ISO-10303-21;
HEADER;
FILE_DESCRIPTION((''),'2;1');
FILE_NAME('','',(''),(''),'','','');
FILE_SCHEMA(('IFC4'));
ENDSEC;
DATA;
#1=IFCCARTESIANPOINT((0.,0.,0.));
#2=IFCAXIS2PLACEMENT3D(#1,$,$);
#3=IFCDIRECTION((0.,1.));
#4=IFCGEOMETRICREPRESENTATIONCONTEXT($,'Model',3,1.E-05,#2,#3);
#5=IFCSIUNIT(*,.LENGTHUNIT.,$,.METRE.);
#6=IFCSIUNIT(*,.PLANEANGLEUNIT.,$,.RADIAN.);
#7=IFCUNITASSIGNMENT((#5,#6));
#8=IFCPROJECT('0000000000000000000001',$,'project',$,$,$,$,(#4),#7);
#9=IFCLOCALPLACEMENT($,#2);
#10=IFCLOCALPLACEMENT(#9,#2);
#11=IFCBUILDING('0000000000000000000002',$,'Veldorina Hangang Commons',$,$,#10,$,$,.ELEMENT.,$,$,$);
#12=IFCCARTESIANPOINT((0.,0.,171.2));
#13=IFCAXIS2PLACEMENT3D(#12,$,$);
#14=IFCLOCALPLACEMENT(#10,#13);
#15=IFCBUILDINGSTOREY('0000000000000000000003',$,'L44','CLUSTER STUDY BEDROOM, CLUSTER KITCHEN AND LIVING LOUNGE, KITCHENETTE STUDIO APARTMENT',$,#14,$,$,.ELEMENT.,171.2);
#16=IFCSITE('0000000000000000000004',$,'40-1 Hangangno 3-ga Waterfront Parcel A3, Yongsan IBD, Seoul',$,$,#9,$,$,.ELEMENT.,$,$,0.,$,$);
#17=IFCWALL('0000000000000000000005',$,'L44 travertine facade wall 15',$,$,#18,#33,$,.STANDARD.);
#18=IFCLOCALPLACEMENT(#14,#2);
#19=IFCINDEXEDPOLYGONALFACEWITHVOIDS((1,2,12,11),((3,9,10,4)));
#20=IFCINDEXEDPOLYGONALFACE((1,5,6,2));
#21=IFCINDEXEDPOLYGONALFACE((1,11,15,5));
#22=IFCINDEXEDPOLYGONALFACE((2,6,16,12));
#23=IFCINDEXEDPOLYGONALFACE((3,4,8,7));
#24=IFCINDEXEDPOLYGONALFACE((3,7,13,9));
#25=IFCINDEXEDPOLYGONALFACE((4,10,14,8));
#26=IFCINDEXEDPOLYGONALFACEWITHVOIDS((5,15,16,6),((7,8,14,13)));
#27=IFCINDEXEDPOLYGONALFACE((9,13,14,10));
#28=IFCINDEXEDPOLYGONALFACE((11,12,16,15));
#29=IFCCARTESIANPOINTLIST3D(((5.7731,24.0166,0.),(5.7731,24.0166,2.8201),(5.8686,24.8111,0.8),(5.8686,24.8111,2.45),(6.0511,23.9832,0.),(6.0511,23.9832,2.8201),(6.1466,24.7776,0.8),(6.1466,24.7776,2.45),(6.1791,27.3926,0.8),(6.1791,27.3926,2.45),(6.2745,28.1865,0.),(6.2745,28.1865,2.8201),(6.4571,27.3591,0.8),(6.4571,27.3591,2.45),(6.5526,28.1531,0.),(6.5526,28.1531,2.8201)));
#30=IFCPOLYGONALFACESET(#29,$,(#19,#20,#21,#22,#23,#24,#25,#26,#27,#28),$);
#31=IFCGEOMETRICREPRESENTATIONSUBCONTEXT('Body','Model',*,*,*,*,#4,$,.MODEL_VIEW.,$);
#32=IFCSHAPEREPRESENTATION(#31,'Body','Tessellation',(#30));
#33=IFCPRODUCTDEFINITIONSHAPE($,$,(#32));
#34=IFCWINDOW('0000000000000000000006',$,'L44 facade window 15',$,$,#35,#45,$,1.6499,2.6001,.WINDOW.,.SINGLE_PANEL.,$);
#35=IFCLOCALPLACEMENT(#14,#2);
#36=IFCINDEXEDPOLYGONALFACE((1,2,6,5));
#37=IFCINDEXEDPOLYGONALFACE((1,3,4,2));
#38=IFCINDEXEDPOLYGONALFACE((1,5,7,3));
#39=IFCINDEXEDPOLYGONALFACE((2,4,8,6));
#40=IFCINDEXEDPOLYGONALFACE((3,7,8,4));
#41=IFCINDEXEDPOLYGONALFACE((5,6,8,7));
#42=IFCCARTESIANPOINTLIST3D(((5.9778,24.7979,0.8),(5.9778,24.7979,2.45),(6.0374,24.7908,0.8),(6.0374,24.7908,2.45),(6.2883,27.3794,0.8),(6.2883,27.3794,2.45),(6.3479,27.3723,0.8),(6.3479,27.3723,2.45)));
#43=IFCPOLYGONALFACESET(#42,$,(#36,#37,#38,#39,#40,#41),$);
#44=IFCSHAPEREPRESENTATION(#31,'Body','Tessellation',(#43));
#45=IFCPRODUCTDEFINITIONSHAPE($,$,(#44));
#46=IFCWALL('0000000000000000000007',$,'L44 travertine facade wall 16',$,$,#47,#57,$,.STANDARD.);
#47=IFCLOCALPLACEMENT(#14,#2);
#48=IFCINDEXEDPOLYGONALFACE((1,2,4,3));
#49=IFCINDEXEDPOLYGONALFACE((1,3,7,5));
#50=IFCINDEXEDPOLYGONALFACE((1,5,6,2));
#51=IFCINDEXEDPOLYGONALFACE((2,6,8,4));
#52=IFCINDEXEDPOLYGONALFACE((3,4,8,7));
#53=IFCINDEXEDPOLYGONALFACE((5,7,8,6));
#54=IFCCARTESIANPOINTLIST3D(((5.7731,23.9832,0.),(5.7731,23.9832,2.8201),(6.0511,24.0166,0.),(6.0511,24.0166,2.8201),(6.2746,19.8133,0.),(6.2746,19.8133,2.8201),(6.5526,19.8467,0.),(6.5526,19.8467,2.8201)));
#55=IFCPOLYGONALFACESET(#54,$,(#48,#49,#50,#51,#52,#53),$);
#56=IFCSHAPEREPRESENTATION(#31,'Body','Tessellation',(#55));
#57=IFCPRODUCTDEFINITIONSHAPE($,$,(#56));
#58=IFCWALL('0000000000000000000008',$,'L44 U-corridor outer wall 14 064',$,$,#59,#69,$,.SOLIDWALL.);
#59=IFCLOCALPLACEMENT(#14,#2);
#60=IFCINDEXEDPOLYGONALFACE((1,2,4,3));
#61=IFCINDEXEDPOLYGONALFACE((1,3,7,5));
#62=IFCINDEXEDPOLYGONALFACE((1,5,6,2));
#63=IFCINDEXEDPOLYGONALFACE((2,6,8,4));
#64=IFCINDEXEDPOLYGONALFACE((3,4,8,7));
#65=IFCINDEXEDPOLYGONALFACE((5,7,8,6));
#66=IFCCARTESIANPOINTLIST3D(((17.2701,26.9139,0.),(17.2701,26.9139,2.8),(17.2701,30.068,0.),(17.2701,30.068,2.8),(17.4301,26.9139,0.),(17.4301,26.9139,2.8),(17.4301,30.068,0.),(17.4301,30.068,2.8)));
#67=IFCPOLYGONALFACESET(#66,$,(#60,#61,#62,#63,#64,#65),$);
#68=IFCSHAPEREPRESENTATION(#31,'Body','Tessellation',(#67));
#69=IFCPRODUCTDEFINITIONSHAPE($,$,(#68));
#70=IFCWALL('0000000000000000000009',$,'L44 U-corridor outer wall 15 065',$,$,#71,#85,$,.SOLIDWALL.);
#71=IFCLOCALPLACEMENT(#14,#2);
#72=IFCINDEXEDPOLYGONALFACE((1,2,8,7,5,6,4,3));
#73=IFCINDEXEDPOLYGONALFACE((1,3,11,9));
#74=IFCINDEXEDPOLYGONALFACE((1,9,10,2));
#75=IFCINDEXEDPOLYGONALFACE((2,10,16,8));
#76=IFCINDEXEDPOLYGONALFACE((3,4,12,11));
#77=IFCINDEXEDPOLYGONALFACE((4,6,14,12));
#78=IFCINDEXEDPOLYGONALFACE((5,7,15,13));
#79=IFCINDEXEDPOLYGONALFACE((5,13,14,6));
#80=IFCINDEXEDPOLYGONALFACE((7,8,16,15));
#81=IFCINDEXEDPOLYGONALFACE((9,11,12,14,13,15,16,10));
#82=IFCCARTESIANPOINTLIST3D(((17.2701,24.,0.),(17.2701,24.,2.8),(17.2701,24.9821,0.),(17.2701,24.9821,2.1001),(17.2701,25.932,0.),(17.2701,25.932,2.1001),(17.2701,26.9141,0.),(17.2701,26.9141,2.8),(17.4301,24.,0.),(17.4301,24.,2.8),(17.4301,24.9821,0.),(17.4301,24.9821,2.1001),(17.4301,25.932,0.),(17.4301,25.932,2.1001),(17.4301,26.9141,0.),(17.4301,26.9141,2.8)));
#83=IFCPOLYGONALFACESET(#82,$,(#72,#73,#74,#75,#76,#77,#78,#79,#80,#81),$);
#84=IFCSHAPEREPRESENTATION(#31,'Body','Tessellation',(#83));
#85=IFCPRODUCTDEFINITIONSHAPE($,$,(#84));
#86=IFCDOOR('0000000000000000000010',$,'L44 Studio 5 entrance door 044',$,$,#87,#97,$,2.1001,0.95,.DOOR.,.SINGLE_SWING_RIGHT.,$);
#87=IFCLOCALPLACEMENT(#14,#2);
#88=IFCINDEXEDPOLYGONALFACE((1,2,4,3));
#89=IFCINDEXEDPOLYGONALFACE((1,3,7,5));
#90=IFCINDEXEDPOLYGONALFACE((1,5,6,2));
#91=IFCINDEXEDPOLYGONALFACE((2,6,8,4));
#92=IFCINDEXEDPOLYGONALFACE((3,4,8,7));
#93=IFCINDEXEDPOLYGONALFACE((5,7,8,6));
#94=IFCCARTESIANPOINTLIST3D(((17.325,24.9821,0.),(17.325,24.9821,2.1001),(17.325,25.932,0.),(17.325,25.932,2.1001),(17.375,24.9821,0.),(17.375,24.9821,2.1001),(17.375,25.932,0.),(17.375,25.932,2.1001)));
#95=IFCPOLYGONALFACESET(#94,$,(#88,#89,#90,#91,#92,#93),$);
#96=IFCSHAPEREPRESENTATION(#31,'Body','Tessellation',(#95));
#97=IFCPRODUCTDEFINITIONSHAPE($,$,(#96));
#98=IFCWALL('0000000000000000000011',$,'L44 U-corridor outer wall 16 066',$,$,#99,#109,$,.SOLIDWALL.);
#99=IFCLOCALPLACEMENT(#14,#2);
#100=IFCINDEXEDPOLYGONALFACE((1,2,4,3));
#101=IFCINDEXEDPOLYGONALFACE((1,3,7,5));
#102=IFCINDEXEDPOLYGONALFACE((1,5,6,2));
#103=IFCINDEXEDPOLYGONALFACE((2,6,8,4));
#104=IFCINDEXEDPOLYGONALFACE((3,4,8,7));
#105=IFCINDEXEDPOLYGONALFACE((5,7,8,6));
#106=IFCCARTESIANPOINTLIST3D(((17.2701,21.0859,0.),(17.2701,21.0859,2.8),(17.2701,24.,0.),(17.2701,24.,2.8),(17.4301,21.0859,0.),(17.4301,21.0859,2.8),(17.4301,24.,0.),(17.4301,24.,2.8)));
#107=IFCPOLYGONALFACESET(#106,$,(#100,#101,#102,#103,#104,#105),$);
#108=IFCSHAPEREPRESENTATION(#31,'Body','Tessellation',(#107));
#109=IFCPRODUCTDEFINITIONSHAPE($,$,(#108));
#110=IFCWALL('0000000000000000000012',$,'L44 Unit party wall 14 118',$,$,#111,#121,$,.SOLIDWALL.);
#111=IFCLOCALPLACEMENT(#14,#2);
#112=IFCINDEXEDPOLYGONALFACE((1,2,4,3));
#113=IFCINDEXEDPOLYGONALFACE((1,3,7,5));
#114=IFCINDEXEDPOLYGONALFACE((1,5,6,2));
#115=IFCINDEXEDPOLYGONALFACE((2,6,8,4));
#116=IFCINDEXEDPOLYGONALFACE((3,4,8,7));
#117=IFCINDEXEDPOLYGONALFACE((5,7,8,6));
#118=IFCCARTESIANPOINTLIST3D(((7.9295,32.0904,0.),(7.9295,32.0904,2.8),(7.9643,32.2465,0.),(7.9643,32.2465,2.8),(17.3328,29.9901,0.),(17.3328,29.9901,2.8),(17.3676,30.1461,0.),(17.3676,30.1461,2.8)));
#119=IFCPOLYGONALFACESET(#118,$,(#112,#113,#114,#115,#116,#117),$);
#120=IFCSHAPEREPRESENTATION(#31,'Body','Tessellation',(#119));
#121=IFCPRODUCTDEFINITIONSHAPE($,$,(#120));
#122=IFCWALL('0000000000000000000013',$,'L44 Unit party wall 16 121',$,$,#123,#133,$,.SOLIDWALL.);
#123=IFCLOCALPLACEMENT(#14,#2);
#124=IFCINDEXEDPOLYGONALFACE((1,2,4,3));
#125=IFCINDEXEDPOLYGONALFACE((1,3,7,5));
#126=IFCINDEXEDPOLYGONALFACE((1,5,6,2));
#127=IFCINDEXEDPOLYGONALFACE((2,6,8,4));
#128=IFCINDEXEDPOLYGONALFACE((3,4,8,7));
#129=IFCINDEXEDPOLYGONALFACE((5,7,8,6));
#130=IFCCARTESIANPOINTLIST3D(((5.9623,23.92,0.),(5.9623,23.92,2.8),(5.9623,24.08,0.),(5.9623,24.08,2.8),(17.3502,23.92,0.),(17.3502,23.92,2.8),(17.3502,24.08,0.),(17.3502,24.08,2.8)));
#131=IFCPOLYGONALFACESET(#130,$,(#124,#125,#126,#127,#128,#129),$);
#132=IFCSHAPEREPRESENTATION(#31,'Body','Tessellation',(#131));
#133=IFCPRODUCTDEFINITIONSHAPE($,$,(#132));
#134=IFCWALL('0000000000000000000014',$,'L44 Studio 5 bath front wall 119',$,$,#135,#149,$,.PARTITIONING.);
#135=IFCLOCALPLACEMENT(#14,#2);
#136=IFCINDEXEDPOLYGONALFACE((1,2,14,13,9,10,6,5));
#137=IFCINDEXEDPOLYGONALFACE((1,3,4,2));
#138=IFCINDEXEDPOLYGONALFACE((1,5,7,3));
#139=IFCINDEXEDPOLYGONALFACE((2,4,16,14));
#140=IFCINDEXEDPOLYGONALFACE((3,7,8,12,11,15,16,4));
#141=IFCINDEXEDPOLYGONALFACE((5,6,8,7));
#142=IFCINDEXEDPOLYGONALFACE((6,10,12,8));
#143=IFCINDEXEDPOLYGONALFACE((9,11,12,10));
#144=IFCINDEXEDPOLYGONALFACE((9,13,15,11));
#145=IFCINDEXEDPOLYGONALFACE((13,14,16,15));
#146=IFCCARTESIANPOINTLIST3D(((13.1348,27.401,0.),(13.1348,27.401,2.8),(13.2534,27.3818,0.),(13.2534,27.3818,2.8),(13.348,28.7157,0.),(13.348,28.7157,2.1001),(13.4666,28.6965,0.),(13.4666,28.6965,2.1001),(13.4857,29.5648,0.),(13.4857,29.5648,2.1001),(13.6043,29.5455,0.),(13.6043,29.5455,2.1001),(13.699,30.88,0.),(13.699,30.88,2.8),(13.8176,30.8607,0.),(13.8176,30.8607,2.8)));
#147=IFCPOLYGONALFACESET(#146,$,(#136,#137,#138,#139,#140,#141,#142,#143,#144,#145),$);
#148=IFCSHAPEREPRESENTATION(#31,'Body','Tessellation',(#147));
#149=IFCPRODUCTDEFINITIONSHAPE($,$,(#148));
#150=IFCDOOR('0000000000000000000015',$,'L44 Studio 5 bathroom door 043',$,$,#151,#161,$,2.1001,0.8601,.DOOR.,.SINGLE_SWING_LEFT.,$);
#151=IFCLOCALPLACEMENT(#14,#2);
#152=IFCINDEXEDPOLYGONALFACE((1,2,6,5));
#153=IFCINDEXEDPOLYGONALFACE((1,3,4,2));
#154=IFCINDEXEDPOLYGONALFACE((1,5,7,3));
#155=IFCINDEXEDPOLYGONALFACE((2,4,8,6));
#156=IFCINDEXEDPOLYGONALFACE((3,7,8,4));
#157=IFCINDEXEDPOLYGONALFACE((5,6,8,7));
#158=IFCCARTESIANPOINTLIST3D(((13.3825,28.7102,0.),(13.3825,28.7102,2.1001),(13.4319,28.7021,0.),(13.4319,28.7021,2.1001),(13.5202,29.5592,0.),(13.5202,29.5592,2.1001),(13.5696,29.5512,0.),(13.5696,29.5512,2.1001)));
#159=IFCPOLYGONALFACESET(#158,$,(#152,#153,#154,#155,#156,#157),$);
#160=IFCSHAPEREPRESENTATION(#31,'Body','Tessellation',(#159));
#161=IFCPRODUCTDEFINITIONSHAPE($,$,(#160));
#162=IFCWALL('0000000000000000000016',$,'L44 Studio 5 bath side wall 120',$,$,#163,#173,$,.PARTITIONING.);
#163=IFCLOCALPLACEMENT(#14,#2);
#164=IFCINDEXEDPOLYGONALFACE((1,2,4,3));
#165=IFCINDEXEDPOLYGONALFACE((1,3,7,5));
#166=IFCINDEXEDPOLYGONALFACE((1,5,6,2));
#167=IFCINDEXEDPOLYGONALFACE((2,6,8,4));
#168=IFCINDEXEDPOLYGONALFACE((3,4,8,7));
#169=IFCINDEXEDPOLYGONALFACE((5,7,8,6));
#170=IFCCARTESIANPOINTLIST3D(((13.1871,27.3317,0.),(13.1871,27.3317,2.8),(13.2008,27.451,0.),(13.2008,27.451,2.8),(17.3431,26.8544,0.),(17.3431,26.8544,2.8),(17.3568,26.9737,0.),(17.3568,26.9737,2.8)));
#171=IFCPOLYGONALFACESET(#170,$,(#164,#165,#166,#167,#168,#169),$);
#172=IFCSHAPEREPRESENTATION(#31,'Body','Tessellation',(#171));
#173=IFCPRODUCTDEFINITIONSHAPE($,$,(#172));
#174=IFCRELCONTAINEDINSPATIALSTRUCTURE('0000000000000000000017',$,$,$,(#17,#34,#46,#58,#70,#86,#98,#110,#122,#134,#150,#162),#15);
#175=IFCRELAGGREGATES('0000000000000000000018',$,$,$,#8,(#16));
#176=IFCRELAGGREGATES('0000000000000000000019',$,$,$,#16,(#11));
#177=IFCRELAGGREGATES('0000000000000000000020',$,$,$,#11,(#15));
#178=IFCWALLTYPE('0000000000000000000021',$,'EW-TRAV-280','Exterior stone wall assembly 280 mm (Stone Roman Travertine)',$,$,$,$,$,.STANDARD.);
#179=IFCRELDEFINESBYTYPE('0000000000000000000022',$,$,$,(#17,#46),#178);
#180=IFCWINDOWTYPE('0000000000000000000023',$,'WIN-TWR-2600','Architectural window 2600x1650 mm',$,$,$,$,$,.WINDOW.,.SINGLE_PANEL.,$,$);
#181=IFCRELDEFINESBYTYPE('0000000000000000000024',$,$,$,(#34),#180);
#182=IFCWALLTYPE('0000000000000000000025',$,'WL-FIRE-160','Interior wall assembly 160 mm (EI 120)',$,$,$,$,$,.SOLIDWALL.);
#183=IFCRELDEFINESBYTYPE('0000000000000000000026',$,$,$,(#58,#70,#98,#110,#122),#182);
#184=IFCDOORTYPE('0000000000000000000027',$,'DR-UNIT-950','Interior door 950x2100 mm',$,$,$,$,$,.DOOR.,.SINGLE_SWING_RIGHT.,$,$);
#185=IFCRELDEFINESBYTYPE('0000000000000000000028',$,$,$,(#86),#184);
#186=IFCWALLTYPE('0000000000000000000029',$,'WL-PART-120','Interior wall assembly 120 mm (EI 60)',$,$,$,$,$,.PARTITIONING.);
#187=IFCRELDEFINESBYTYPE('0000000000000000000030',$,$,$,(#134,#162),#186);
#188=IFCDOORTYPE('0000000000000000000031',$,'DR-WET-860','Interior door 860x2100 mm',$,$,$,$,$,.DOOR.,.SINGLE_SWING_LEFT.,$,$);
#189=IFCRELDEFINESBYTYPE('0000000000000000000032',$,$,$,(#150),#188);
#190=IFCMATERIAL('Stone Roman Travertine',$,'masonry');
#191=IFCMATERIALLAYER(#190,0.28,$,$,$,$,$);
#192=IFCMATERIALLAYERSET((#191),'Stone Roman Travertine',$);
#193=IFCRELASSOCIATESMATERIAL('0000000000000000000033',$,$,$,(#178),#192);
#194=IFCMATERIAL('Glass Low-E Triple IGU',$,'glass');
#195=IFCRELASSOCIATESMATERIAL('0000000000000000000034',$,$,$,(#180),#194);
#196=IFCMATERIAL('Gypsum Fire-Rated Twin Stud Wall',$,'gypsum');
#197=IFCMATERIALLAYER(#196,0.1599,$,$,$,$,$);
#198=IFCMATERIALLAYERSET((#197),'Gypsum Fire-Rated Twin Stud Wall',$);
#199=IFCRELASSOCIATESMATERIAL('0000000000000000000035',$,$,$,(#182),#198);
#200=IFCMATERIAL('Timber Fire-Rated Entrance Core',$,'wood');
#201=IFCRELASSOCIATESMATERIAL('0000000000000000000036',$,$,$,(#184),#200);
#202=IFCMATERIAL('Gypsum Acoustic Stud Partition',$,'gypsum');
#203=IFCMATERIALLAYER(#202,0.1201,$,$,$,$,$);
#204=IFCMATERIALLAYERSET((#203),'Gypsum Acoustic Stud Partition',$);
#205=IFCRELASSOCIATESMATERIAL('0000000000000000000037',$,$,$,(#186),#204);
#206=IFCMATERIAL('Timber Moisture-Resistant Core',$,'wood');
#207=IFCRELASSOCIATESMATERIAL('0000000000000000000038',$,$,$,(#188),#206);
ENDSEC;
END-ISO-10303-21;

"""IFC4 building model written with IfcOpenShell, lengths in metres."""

from ifc_helpers import new_model, si_unit, direction, frame, frame_2d, origin, place, context, subcontext, project, spatial, rectangle, extrude, material, layer, layer_set, type_object, element, fill, save


model = new_model("IFC4")

# Units and contexts
model_context = context("Model", 3, precision=1e-05, world=origin(), true_north=direction((0.0, 1.0)))
body_context = subcontext(model_context, "Body", "Model", "MODEL_VIEW")
ifc_project = project(units=[si_unit("LENGTHUNIT", "METRE"), si_unit("PLANEANGLEUNIT", "RADIAN")], contexts=[model_context])

# Site, building, storey
site_placement = place(None, origin())
site = spatial("IfcSite", under=ifc_project, at=site_placement, Name="40-1 Hangangno 3-ga Waterfront Parcel A3, Yongsan IBD, Seoul", CompositionType="ELEMENT", RefElevation=0.0)
building_placement = place(site_placement, origin())
building = spatial("IfcBuilding", under=site, at=building_placement, Name="Veldorina Hangang Commons", CompositionType="ELEMENT")
storey_placement = place(building_placement, frame((0.0, 0.0, 171.2)))
storey = spatial("IfcBuildingStorey", under=building, at=storey_placement, Name="L44", Description="CLUSTER STUDY BEDROOM, CLUSTER KITCHEN AND LIVING LOUNGE, KITCHENETTE STUDIO APARTMENT", CompositionType="ELEMENT", Elevation=171.2)

# Shared definitions
ifc_material_1 = material(Name="Stone Roman Travertine", Category="masonry")
ifc_layer_1 = layer(ifc_material_1, 0.28)
ifc_layer_set_1 = layer_set([ifc_layer_1], Name="Stone Roman Travertine")
wall_type_1 = type_object("IfcWallType", Name="EW-TRAV-280", Description="Exterior stone wall assembly 280 mm (Stone Roman Travertine)", PredefinedType="STANDARD", material=ifc_layer_set_1)

# Wall, opening, window
wall_1_placement = place(storey_placement, frame((6.4136, 28.1699, 0.0), z_axis=(0.0, 0.0, 1.0), x_axis=(-0.119397, -0.992847, 0.0)))
wall_1 = element("IfcWall", 1, at=wall_1_placement, inside=storey, type_object=wall_type_1, Name="L44 travertine facade wall 15", PredefinedType="STANDARD", context=body_context, shape_type="SweptSolid", body=[
    extrude(rectangle(XDim=4.2, YDim=0.28, at=frame_2d((2.1001, 0.0))), origin(), (0.0, 0.0, 1.0), 2.8201),
])
opening_1_placement = place(wall_1_placement, frame((0.7998, 0.0, 0.8)))
opening_1 = element("IfcOpeningElement", 2, at=opening_1_placement, cuts=wall_1, PredefinedType="OPENING", context=body_context, shape_type="SweptSolid", body=[
    extrude(rectangle(XDim=2.6001, YDim=1.6499, at=frame_2d((1.3, 0.825))), frame((0.0, 0.1499, 0.0), z_axis=(0.0, -1.0, 0.0), x_axis=(1.0, 0.0, 0.0)), (0.0, 0.0, 1.0), 0.3),
])
ifc_material_2 = material(Name="Glass Low-E Triple IGU", Category="glass")
window_type = type_object("IfcWindowType", Name="WIN-TWR-2600", Description="Architectural window 2600x1650 mm", PartitioningType="SINGLE_PANEL", PredefinedType="WINDOW", material=ifc_material_2)
window_placement = place(opening_1_placement, origin())
window = element("IfcWindow", 3, at=window_placement, inside=storey, type_object=window_type, Name="L44 facade window 15", OverallHeight=1.6499, OverallWidth=2.6001, PartitioningType="SINGLE_PANEL", PredefinedType="WINDOW", context=body_context, shape_type="SweptSolid", body=[
    extrude(rectangle(XDim=2.6001, YDim=1.6499, at=frame_2d((1.3, 0.825))), frame((0.0, 0.03, 0.0), z_axis=(0.0, -1.0, 0.0), x_axis=(1.0, 0.0, 0.0)), (0.0, 0.0, 1.0), 0.0601),
])
fill(opening_1, window)

# Walls
wall_2_placement = place(storey_placement, frame((5.9121, 24.0, 0.0), z_axis=(0.0, 0.0, 1.0), x_axis=(0.119397, -0.992847, 0.0)))
element("IfcWall", 4, at=wall_2_placement, inside=storey, type_object=wall_type_1, Name="L44 travertine facade wall 16", PredefinedType="STANDARD", context=body_context, shape_type="SweptSolid", body=[
    extrude(rectangle(XDim=4.2, YDim=0.28, at=frame_2d((2.1001, 0.0))), origin(), (0.0, 0.0, 1.0), 2.8201),
])
ifc_material_3 = material(Name="Gypsum Fire-Rated Twin Stud Wall", Category="gypsum")
ifc_layer_2 = layer(ifc_material_3, 0.1599)
ifc_layer_set_2 = layer_set([ifc_layer_2], Name="Gypsum Fire-Rated Twin Stud Wall")
wall_type_2 = type_object("IfcWallType", Name="WL-FIRE-160", Description="Interior wall assembly 160 mm (EI 120)", PredefinedType="SOLIDWALL", material=ifc_layer_set_2)
wall_3_placement = place(storey_placement, frame((17.3501, 30.0681, 0.0), z_axis=(0.0, 0.0, 1.0), x_axis=(0.0, -1.0, 0.0)))
element("IfcWall", 5, at=wall_3_placement, inside=storey, type_object=wall_type_2, Name="L44 U-corridor outer wall 14 064", PredefinedType="SOLIDWALL", context=body_context, shape_type="SweptSolid", body=[
    extrude(rectangle(XDim=3.1541, YDim=0.1599, at=frame_2d((1.5771, 0.0))), origin(), (0.0, 0.0, 1.0), 2.8),
])

# Wall, opening, door
wall_4_placement = place(storey_placement, frame((17.3501, 26.9141, 0.0), z_axis=(0.0, 0.0, 1.0), x_axis=(0.0, -1.0, 0.0)))
wall_4 = element("IfcWall", 6, at=wall_4_placement, inside=storey, type_object=wall_type_2, Name="L44 U-corridor outer wall 15 065", PredefinedType="SOLIDWALL", context=body_context, shape_type="SweptSolid", body=[
    extrude(rectangle(XDim=2.9141, YDim=0.1599, at=frame_2d((1.457, 0.0))), origin(), (0.0, 0.0, 1.0), 2.8),
])
opening_2_placement = place(wall_4_placement, frame((0.9819, 0.0, 0.0)))
opening_2 = element("IfcOpeningElement", 7, at=opening_2_placement, cuts=wall_4, PredefinedType="OPENING", context=body_context, shape_type="SweptSolid", body=[
    extrude(rectangle(XDim=0.95, YDim=2.1001, at=frame_2d((0.4751, 1.05))), frame((0.0, 0.0898, 0.0), z_axis=(0.0, -1.0, 0.0), x_axis=(1.0, 0.0, 0.0)), (0.0, 0.0, 1.0), 0.1799),
])
ifc_material_4 = material(Name="Timber Fire-Rated Entrance Core", Category="wood")
door_type_1 = type_object("IfcDoorType", Name="DR-UNIT-950", Description="Interior door 950x2100 mm", OperationType="SINGLE_SWING_RIGHT", PredefinedType="DOOR", material=ifc_material_4)
door_1_placement = place(opening_2_placement, origin())
door_1 = element("IfcDoor", 8, at=door_1_placement, inside=storey, type_object=door_type_1, Name="L44 Studio 5 entrance door 044", OperationType="SINGLE_SWING_RIGHT", OverallHeight=2.1001, OverallWidth=0.95, PredefinedType="DOOR", context=body_context, shape_type="SweptSolid", body=[
    extrude(rectangle(XDim=0.95, YDim=2.1001, at=frame_2d((0.4751, 1.05))), frame((0.0, 0.0249, 0.0), z_axis=(0.0, -1.0, 0.0), x_axis=(1.0, 0.0, 0.0)), (0.0, 0.0, 1.0), 0.05),
])
fill(opening_2, door_1)

# Walls
wall_5_placement = place(storey_placement, frame((17.3501, 24.0, 0.0), z_axis=(0.0, 0.0, 1.0), x_axis=(0.0, -1.0, 0.0)))
element("IfcWall", 9, at=wall_5_placement, inside=storey, type_object=wall_type_2, Name="L44 U-corridor outer wall 16 066", PredefinedType="SOLIDWALL", context=body_context, shape_type="SweptSolid", body=[
    extrude(rectangle(XDim=2.9141, YDim=0.1599, at=frame_2d((1.457, 0.0))), origin(), (0.0, 0.0, 1.0), 2.8),
])
wall_6_placement = place(storey_placement, frame((17.3501, 30.0681, 0.0), z_axis=(0.0, 0.0, 1.0), x_axis=(-0.975951, 0.21799, 0.0)))
element("IfcWall", 10, at=wall_6_placement, inside=storey, type_object=wall_type_2, Name="L44 Unit party wall 14 118", PredefinedType="SOLIDWALL", context=body_context, shape_type="SweptSolid", body=[
    extrude(rectangle(XDim=9.635, YDim=0.1599, at=frame_2d((4.8174, 0.0))), origin(), (0.0, 0.0, 1.0), 2.8),
])
wall_7_placement = place(storey_placement, frame((17.3501, 24.0, 0.0), z_axis=(0.0, 0.0, 1.0), x_axis=(-1.0, 0.0, 0.0)))
element("IfcWall", 11, at=wall_7_placement, inside=storey, type_object=wall_type_2, Name="L44 Unit party wall 16 121", PredefinedType="SOLIDWALL", context=body_context, shape_type="SweptSolid", body=[
    extrude(rectangle(XDim=11.3879, YDim=0.1599, at=frame_2d((5.6938, 0.0))), origin(), (0.0, 0.0, 1.0), 2.8),
])

# Wall, opening, door
ifc_material_5 = material(Name="Gypsum Acoustic Stud Partition", Category="gypsum")
ifc_layer_3 = layer(ifc_material_5, 0.1201)
ifc_layer_set_3 = layer_set([ifc_layer_3], Name="Gypsum Acoustic Stud Partition")
wall_type_3 = type_object("IfcWallType", Name="WL-PART-120", Description="Interior wall assembly 120 mm (EI 60)", PredefinedType="PARTITIONING", material=ifc_layer_set_3)
wall_8_placement = place(storey_placement, frame((13.7583, 30.8704, 0.0), z_axis=(0.0, 0.0, 1.0), x_axis=(-0.160084, -0.987103, 0.0)))
wall_8 = element("IfcWall", 12, at=wall_8_placement, inside=storey, type_object=wall_type_3, Name="L44 Studio 5 bath front wall 119", PredefinedType="PARTITIONING", context=body_context, shape_type="SweptSolid", body=[
    extrude(rectangle(XDim=3.5244, YDim=0.1201, at=frame_2d((1.7622, 0.0))), origin(), (0.0, 0.0, 1.0), 2.8),
])
opening_3_placement = place(wall_8_placement, frame((1.3323, 0.0, 0.0)))
opening_3 = element("IfcOpeningElement", 13, at=opening_3_placement, cuts=wall_8, PredefinedType="OPENING", context=body_context, shape_type="SweptSolid", body=[
    extrude(rectangle(XDim=0.8601, YDim=2.1001, at=frame_2d((0.4302, 1.05))), frame((0.0, 0.0701, 0.0), z_axis=(0.0, -1.0, 0.0), x_axis=(1.0, 0.0, 0.0)), (0.0, 0.0, 1.0), 0.1401),
])
ifc_material_6 = material(Name="Timber Moisture-Resistant Core", Category="wood")
door_type_2 = type_object("IfcDoorType", Name="DR-WET-860", Description="Interior door 860x2100 mm", OperationType="SINGLE_SWING_LEFT", PredefinedType="DOOR", material=ifc_material_6)
door_2_placement = place(opening_3_placement, origin())
door_2 = element("IfcDoor", 14, at=door_2_placement, inside=storey, type_object=door_type_2, Name="L44 Studio 5 bathroom door 043", OperationType="SINGLE_SWING_LEFT", OverallHeight=2.1001, OverallWidth=0.8601, PredefinedType="DOOR", context=body_context, shape_type="SweptSolid", body=[
    extrude(rectangle(XDim=0.8601, YDim=2.1001, at=frame_2d((0.4302, 1.05))), frame((0.0, 0.0249, 0.0), z_axis=(0.0, -1.0, 0.0), x_axis=(1.0, 0.0, 0.0)), (0.0, 0.0, 1.0), 0.05),
])
fill(opening_3, door_2)

# Wall
wall_9_placement = place(storey_placement, frame((17.3501, 26.9141, 0.0), z_axis=(0.0, 0.0, 1.0), x_axis=(-0.99347, 0.114095, 0.0)))
element("IfcWall", 15, at=wall_9_placement, inside=storey, type_object=wall_type_3, Name="L44 Studio 5 bath side wall 120", PredefinedType="PARTITIONING", context=body_context, shape_type="SweptSolid", body=[
    extrude(rectangle(XDim=4.1833, YDim=0.1201, at=frame_2d((2.0918, 0.0))), origin(), (0.0, 0.0, 1.0), 2.8),
])

save(model, "model.ifc")
